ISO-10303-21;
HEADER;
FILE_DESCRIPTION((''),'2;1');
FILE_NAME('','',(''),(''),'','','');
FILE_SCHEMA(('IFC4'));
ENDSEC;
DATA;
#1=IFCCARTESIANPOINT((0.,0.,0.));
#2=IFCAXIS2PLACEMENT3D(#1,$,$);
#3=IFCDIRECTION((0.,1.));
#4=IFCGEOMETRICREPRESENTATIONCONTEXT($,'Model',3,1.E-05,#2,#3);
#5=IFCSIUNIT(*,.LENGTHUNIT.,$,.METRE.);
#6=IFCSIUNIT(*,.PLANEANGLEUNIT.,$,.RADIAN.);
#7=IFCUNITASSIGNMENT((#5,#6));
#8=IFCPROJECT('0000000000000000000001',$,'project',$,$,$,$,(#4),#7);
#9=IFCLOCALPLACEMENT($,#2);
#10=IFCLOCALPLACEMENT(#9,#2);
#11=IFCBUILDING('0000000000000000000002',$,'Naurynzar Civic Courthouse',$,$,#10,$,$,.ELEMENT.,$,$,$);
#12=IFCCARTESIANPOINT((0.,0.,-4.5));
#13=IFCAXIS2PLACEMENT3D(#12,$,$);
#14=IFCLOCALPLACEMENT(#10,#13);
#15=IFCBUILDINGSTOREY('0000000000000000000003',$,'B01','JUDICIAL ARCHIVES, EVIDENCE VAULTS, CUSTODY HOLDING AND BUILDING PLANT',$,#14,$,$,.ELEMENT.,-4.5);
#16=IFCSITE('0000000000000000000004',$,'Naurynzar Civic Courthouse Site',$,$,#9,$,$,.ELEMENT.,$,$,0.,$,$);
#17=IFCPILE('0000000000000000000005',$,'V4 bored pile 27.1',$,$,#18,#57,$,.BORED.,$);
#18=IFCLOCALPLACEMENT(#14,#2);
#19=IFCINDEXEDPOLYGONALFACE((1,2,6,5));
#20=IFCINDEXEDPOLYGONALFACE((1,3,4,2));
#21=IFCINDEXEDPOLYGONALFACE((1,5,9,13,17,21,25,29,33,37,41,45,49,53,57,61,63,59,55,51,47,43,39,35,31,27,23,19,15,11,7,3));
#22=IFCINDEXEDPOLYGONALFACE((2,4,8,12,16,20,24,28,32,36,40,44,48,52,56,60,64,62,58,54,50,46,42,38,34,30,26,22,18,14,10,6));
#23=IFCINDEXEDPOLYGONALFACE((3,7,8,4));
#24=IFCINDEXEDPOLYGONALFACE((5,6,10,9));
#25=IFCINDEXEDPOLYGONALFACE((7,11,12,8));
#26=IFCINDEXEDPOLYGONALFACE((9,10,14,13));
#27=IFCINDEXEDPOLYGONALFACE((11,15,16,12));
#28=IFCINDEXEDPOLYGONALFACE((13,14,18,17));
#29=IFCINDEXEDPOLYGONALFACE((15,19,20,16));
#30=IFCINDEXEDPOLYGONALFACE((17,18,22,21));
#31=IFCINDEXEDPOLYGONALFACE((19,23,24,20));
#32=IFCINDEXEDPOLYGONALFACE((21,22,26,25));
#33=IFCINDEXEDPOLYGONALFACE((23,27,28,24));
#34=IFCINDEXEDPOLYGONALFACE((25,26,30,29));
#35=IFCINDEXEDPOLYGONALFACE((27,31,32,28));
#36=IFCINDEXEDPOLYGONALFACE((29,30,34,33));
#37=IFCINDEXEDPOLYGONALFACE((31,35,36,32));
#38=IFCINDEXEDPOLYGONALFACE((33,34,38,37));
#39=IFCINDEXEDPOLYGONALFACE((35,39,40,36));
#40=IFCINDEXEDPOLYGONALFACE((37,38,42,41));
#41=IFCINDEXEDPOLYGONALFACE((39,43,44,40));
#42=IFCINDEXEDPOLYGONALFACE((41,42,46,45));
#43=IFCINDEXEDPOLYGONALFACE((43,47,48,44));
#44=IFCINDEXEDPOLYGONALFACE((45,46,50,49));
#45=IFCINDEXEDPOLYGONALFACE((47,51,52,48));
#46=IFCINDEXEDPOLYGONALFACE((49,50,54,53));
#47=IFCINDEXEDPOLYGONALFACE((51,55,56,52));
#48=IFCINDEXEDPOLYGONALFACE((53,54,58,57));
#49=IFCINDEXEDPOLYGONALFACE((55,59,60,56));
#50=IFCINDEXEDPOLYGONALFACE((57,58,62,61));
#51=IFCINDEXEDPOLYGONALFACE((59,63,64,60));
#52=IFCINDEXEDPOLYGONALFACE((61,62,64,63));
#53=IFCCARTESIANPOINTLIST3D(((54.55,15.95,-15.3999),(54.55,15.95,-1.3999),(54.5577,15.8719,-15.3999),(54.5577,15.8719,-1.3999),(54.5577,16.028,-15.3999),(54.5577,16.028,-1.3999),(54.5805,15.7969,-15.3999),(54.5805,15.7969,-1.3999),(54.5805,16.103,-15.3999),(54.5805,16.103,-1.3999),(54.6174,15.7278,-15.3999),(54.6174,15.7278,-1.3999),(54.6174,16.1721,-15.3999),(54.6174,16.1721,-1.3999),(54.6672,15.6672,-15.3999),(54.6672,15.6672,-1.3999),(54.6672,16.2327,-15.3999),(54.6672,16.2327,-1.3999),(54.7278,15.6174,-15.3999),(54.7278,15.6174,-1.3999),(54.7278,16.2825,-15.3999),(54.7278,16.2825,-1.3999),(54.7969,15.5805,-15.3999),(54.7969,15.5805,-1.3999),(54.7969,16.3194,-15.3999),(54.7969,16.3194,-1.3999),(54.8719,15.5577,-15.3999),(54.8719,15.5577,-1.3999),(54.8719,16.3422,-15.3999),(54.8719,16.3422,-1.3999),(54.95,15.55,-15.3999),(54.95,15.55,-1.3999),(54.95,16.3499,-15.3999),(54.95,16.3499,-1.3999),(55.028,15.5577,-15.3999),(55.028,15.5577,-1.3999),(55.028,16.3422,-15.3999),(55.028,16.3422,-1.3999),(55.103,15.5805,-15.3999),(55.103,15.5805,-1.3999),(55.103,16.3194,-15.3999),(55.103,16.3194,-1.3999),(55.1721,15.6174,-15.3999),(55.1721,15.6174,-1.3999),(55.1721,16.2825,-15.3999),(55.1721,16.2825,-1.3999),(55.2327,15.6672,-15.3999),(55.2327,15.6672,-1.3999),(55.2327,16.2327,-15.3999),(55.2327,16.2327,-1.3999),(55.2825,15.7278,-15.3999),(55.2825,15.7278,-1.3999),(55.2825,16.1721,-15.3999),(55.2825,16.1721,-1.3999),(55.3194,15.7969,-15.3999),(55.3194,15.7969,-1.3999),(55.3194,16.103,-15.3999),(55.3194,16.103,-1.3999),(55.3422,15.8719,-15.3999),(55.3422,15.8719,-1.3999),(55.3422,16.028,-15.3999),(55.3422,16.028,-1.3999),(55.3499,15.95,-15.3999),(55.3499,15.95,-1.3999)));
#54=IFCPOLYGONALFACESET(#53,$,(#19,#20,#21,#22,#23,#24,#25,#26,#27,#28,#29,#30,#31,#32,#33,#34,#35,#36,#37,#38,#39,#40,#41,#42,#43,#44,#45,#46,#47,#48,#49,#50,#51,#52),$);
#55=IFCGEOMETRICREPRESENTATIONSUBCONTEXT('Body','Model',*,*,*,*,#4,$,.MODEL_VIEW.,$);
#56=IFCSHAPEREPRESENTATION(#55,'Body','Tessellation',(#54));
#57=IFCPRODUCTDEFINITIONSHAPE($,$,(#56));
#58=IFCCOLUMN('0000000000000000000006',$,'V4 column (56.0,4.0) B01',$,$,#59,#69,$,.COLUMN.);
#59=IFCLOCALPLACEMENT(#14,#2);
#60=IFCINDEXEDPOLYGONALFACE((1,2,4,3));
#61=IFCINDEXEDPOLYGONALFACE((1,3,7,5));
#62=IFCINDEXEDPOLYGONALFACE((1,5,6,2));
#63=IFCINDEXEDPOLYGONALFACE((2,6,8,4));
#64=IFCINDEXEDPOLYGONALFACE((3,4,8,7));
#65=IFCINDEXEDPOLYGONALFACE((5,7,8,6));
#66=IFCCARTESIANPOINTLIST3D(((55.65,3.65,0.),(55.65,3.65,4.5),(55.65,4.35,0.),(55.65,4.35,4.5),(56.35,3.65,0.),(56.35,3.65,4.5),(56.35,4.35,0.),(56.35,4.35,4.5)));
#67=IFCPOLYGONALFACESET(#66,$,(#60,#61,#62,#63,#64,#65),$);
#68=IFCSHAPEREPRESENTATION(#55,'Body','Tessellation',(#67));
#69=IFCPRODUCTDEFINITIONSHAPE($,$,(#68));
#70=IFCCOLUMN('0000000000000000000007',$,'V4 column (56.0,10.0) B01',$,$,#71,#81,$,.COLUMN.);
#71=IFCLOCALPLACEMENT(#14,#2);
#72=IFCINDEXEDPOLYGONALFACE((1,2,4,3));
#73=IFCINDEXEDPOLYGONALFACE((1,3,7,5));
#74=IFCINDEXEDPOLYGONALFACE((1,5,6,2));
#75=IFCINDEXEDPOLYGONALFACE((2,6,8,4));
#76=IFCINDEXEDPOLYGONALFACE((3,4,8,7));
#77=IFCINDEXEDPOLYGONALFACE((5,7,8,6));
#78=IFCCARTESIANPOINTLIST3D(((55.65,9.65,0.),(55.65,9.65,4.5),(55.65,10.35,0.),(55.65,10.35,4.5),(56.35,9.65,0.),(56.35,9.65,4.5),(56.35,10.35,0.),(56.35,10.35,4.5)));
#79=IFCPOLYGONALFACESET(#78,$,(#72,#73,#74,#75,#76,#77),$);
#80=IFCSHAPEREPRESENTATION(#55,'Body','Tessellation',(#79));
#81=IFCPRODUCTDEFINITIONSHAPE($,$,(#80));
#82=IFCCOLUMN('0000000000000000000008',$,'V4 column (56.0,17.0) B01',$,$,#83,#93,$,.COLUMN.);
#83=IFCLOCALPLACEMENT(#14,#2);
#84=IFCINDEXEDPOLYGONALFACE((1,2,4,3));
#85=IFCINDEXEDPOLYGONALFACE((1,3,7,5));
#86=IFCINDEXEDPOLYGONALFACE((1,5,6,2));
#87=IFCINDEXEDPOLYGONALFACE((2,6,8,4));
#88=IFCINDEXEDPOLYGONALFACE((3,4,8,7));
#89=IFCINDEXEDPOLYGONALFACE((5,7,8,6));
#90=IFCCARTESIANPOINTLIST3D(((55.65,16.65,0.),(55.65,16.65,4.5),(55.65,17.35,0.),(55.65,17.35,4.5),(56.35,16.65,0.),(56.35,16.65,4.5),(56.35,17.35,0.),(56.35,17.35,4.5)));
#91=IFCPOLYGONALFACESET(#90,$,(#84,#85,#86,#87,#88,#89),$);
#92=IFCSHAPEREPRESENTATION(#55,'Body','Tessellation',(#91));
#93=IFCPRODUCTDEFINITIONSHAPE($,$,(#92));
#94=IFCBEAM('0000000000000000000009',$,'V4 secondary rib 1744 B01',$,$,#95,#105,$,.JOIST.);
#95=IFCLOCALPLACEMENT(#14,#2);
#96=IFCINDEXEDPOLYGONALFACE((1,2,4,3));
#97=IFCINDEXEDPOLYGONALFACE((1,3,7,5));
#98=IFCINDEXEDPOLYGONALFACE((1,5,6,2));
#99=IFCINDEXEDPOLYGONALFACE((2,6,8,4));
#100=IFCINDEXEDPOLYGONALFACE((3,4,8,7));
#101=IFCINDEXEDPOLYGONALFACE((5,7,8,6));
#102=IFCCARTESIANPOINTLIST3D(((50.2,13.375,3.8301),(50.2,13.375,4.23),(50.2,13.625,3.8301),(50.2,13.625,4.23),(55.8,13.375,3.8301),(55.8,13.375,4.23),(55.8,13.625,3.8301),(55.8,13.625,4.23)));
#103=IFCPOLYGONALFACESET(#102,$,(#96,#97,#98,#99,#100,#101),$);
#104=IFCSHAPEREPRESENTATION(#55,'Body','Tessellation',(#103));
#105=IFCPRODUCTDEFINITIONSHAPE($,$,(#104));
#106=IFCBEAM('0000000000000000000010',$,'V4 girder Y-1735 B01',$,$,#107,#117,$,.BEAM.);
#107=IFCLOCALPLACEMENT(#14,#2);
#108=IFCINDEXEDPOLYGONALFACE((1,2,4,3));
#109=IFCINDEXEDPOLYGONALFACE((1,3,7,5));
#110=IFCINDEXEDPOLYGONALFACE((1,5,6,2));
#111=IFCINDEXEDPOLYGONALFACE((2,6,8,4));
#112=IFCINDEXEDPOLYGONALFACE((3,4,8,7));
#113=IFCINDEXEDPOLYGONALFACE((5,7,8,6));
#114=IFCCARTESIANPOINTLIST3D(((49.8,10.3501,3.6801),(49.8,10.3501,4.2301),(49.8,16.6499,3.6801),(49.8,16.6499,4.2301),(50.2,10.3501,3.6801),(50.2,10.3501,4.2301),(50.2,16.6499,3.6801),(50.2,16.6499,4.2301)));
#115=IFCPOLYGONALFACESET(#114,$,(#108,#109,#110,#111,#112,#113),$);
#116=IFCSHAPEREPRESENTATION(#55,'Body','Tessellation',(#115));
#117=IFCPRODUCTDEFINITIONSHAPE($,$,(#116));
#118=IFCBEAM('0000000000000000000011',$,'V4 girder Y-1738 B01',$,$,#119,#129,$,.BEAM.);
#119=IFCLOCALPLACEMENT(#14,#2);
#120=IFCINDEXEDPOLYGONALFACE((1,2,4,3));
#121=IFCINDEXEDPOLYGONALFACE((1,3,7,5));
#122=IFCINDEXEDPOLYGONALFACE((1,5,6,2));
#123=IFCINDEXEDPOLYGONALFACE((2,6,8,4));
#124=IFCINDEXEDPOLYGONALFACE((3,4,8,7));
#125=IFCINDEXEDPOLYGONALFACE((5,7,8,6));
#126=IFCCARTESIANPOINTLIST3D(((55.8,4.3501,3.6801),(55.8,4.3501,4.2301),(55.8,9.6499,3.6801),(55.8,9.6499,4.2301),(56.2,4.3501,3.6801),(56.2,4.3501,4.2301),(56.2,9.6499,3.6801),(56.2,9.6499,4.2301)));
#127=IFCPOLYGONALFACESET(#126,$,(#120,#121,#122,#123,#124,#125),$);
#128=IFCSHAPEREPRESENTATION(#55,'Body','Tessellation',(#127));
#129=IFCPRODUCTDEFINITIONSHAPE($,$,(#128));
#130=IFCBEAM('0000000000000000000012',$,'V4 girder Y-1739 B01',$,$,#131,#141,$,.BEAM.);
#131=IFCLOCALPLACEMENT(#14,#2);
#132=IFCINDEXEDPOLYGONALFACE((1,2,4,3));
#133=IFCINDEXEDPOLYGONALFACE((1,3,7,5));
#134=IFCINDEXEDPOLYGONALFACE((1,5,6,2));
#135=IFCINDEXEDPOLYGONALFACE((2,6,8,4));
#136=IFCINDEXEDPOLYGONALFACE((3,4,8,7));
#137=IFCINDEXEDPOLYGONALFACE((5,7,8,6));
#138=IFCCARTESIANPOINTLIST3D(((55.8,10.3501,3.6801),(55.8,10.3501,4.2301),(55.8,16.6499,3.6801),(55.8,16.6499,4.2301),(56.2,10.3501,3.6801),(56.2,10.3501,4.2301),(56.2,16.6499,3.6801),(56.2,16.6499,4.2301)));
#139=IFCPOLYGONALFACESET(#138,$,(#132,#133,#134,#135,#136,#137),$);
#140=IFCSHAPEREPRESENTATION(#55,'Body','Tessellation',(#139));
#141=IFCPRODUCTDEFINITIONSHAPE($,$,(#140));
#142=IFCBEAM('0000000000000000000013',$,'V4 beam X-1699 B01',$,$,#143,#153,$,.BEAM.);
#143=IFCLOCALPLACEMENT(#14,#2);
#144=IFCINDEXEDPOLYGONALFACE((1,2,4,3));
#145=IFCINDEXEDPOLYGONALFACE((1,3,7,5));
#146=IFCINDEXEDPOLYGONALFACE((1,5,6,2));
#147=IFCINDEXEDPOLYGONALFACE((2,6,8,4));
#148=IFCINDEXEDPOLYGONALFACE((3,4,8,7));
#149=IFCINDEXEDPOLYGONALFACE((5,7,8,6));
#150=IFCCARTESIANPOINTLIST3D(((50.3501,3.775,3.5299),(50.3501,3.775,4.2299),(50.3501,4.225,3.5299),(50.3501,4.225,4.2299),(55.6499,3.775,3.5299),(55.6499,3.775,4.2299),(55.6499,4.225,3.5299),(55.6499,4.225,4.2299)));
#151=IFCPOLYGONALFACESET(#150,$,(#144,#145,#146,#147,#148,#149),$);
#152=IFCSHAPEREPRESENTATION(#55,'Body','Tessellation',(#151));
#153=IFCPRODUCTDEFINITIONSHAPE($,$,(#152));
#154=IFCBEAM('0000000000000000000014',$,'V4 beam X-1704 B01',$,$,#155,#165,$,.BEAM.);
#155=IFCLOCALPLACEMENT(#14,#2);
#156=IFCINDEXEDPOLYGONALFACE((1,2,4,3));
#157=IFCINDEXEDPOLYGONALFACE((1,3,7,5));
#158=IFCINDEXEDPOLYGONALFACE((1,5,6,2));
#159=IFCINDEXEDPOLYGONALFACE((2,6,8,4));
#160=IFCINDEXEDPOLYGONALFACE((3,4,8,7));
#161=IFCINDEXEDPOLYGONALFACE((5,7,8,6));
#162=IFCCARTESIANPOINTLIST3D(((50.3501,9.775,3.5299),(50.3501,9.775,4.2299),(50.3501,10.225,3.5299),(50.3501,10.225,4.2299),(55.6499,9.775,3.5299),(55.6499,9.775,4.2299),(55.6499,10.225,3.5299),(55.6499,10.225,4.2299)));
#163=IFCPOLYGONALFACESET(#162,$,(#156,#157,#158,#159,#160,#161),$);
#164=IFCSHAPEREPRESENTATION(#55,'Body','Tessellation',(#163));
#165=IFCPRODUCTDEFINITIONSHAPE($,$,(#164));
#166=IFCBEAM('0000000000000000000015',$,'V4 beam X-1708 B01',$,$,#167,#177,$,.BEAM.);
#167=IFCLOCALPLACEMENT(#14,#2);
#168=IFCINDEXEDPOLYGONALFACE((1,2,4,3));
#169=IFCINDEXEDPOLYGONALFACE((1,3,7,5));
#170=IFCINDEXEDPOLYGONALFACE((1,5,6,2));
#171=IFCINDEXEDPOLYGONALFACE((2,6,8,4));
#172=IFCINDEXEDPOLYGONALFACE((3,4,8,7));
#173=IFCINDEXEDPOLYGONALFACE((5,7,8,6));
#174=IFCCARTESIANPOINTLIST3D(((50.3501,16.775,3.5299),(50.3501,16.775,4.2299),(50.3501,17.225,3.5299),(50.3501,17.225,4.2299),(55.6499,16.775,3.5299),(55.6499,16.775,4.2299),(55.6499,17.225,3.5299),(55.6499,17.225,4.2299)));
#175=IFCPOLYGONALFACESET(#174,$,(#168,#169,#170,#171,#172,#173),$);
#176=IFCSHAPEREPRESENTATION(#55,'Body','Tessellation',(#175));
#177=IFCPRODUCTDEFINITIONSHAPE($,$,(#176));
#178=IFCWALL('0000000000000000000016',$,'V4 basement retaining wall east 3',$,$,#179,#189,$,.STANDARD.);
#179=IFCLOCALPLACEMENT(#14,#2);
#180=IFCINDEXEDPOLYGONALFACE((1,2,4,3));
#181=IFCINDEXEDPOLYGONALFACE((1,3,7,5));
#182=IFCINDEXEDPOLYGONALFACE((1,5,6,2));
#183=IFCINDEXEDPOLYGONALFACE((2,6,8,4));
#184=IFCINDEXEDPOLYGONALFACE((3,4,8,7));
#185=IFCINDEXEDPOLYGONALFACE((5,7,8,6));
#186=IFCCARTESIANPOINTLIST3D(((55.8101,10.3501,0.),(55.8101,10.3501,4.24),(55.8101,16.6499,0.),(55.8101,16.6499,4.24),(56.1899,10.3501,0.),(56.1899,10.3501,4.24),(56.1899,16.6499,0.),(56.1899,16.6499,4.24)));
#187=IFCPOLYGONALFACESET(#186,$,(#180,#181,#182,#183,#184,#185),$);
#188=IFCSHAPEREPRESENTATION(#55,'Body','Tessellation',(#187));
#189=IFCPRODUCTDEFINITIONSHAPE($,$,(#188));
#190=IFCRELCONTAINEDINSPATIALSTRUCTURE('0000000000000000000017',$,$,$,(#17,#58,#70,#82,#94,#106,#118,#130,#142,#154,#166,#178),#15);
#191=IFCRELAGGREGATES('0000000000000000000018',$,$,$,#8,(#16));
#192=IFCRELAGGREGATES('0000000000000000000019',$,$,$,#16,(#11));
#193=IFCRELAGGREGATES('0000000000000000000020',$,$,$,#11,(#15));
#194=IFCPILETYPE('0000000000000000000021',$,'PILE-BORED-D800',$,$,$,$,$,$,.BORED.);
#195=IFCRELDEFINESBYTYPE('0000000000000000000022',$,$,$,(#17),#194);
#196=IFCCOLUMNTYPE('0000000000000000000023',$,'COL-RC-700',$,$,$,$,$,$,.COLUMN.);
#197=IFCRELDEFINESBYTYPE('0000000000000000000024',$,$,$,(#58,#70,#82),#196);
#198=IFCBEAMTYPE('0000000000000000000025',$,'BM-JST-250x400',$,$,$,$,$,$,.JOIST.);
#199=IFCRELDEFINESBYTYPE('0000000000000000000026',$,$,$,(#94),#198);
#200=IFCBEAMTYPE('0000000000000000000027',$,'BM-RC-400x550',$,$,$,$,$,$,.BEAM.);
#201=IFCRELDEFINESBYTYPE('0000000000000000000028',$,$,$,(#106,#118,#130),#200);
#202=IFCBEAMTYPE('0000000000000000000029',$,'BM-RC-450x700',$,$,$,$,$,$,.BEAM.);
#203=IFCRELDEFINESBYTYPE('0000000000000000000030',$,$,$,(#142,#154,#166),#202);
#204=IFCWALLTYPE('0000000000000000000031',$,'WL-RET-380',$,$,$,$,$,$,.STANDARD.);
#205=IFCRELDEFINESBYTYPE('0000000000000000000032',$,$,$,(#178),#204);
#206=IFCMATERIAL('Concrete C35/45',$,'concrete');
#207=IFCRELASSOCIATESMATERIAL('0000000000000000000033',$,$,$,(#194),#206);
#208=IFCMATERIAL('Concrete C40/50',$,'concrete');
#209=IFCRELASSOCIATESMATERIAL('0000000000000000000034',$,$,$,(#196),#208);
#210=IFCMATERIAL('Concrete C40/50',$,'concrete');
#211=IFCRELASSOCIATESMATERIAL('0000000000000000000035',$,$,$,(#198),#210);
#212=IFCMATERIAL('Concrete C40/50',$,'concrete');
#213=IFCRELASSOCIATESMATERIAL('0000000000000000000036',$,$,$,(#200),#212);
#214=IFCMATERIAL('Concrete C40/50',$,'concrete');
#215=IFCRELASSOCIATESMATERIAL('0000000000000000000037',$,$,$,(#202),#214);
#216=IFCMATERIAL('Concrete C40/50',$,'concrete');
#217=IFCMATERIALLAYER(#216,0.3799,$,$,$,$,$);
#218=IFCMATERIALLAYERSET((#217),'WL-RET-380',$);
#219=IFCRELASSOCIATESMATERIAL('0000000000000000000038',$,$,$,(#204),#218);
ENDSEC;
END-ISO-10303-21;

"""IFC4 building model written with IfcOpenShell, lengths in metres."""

from ifc_helpers import new_model, si_unit, direction, frame, frame_2d, origin, origin_2d, place, context, subcontext, project, spatial, rectangle, circle, extrude, material, layer, layer_set, material_profile, profile_set, type_object, element, save


model = new_model("IFC4")

# Units and contexts
model_context = context("Model", 3, precision=1e-05, world=origin(), true_north=direction((0.0, 1.0)))
body_context = subcontext(model_context, "Body", "Model", "MODEL_VIEW")
ifc_project = project(units=[si_unit("LENGTHUNIT", "METRE"), si_unit("PLANEANGLEUNIT", "RADIAN")], contexts=[model_context])

# Site, building, storey
site_placement = place(None, origin())
site = spatial("IfcSite", under=ifc_project, at=site_placement, Name="Naurynzar Civic Courthouse Site", CompositionType="ELEMENT", RefElevation=0.0)
building_placement = place(site_placement, origin())
building = spatial("IfcBuilding", under=site, at=building_placement, Name="Naurynzar Civic Courthouse", CompositionType="ELEMENT")
storey_placement = place(building_placement, frame((0.0, 0.0, -4.5)))
storey = spatial("IfcBuildingStorey", under=building, at=storey_placement, Name="B01", Description="JUDICIAL ARCHIVES, EVIDENCE VAULTS, CUSTODY HOLDING AND BUILDING PLANT", CompositionType="ELEMENT", Elevation=-4.5)

# Pile
ifc_material_1 = material(Name="Concrete C35/45", Category="concrete")
ifc_material_profile_1 = material_profile(ifc_material_1, circle(Radius=0.3999, at=origin_2d()), Name="PILE D800")
ifc_profile_set_1 = profile_set([ifc_material_profile_1], Name="Concrete C35/45")
pile_type = type_object("IfcPileType", Name="PILE-BORED-D800", PredefinedType="BORED", material=ifc_profile_set_1)
for number, where, z_axis, x_axis, name in (
    (1, (54.95, 15.95, -1.3999), (0.0, 0.0, -1.0), (1.0, 0.0, 0.0), "V4 bored pile 27.1"),
):
    element("IfcPile", number, at=place(storey_placement, frame(where, z_axis=z_axis, x_axis=x_axis)), inside=storey, type_object=pile_type, Name=name, PredefinedType="BORED", context=body_context, shape_type="SweptSolid", body=[
        extrude(circle(Radius=0.3999, at=origin_2d()), origin(), (0.0, 0.0, 1.0), 14.0),
    ])

# Columns
ifc_material_2 = material(Name="Concrete C40/50", Category="concrete")
ifc_material_profile_2 = material_profile(ifc_material_2, rectangle(XDim=0.7, YDim=0.7, at=origin_2d()), Name="RC 700x700")
ifc_profile_set_2 = profile_set([ifc_material_profile_2], Name="Concrete C40/50")
column_type = type_object("IfcColumnType", Name="COL-RC-700", PredefinedType="COLUMN", material=ifc_profile_set_2)
for number, where, z_axis, x_axis, name in (
    (2, (56.0, 4.0, 0.0), (0.0, 0.0, 1.0), (1.0, 0.0, 0.0), "V4 column (56.0,4.0) B01"),
    (3, (56.0, 10.0, 0.0), (0.0, 0.0, 1.0), (1.0, 0.0, 0.0), "V4 column (56.0,10.0) B01"),
    (4, (56.0, 17.0, 0.0), (0.0, 0.0, 1.0), (1.0, 0.0, 0.0), "V4 column (56.0,17.0) B01"),
):
    element("IfcColumn", number, at=place(storey_placement, frame(where, z_axis=z_axis, x_axis=x_axis)), inside=storey, type_object=column_type, Name=name, PredefinedType="COLUMN", context=body_context, shape_type="SweptSolid", body=[
        extrude(rectangle(XDim=0.7, YDim=0.7, at=origin_2d()), origin(), (0.0, 0.0, 1.0), 4.5),
    ])

# Beams
ifc_material_3 = material(Name="Concrete C40/50", Category="concrete")
ifc_material_profile_3 = material_profile(ifc_material_3, rectangle(XDim=0.25, YDim=0.3999, at=origin_2d()), Name="RCB 250x400")
ifc_profile_set_3 = profile_set([ifc_material_profile_3], Name="Concrete C40/50")
beam_type_1 = type_object("IfcBeamType", Name="BM-JST-250x400", PredefinedType="JOIST", material=ifc_profile_set_3)
beam_1_placement = place(storey_placement, frame((50.2, 13.5, 4.03), z_axis=(1.0, 0.0, 0.0), x_axis=(0.0, 1.0, 0.0)))
element("IfcBeam", 5, at=beam_1_placement, inside=storey, type_object=beam_type_1, Name="V4 secondary rib 1744 B01", PredefinedType="JOIST", context=body_context, shape_type="SweptSolid", body=[
    extrude(rectangle(XDim=0.25, YDim=0.3999, at=origin_2d()), origin(), (0.0, 0.0, 1.0), 5.6001),
])
ifc_material_4 = material(Name="Concrete C40/50", Category="concrete")
ifc_material_profile_4 = material_profile(ifc_material_4, rectangle(XDim=0.3999, YDim=0.55, at=origin_2d()), Name="RCB 400x550")
ifc_profile_set_4 = profile_set([ifc_material_profile_4], Name="Concrete C40/50")
beam_type_2 = type_object("IfcBeamType", Name="BM-RC-400x550", PredefinedType="BEAM", material=ifc_profile_set_4)
beam_2_placement = place(storey_placement, frame((50.0, 10.3501, 3.9551), z_axis=(0.0, 1.0, 0.0), x_axis=(-1.0, 0.0, 0.0)))
element("IfcBeam", 6, at=beam_2_placement, inside=storey, type_object=beam_type_2, Name="V4 girder Y-1735 B01", PredefinedType="BEAM", context=body_context, shape_type="SweptSolid", body=[
    extrude(rectangle(XDim=0.3999, YDim=0.55, at=origin_2d()), origin(), (0.0, 0.0, 1.0), 6.2998),
])
beam_3_placement = place(storey_placement, frame((56.0, 4.3501, 3.9551), z_axis=(0.0, 1.0, 0.0), x_axis=(-1.0, 0.0, 0.0)))
element("IfcBeam", 7, at=beam_3_placement, inside=storey, type_object=beam_type_2, Name="V4 girder Y-1738 B01", PredefinedType="BEAM", context=body_context, shape_type="SweptSolid", body=[
    extrude(rectangle(XDim=0.3999, YDim=0.55, at=origin_2d()), origin(), (0.0, 0.0, 1.0), 5.2998),
])
beam_4_placement = place(storey_placement, frame((56.0, 10.3501, 3.9551), z_axis=(0.0, 1.0, 0.0), x_axis=(-1.0, 0.0, 0.0)))
element("IfcBeam", 8, at=beam_4_placement, inside=storey, type_object=beam_type_2, Name="V4 girder Y-1739 B01", PredefinedType="BEAM", context=body_context, shape_type="SweptSolid", body=[
    extrude(rectangle(XDim=0.3999, YDim=0.55, at=origin_2d()), origin(), (0.0, 0.0, 1.0), 6.2998),
])
ifc_material_5 = material(Name="Concrete C40/50", Category="concrete")
ifc_material_profile_5 = material_profile(ifc_material_5, rectangle(XDim=0.45, YDim=0.7, at=origin_2d()), Name="RCB 450x700")
ifc_profile_set_5 = profile_set([ifc_material_profile_5], Name="Concrete C40/50")
beam_type_3 = type_object("IfcBeamType", Name="BM-RC-450x700", PredefinedType="BEAM", material=ifc_profile_set_5)
for number, where, z_axis, x_axis, name in (
    (9, (50.3501, 4.0, 3.8799), (1.0, 0.0, 0.0), (0.0, 1.0, 0.0), "V4 beam X-1699 B01"),
    (10, (50.3501, 10.0, 3.8799), (1.0, 0.0, 0.0), (0.0, 1.0, 0.0), "V4 beam X-1704 B01"),
    (11, (50.3501, 17.0, 3.8799), (1.0, 0.0, 0.0), (0.0, 1.0, 0.0), "V4 beam X-1708 B01"),
):
    element("IfcBeam", number, at=place(storey_placement, frame(where, z_axis=z_axis, x_axis=x_axis)), inside=storey, type_object=beam_type_3, Name=name, PredefinedType="BEAM", context=body_context, shape_type="SweptSolid", body=[
        extrude(rectangle(XDim=0.45, YDim=0.7, at=origin_2d()), origin(), (0.0, 0.0, 1.0), 5.2998),
    ])

# Wall
ifc_material_6 = material(Name="Concrete C40/50", Category="concrete")
ifc_layer = layer(ifc_material_6, 0.3799)
ifc_layer_set = layer_set([ifc_layer], Name="WL-RET-380")
wall_type = type_object("IfcWallType", Name="WL-RET-380", PredefinedType="STANDARD", material=ifc_layer_set)
wall_placement = place(storey_placement, frame((56.0, 16.6499, 0.0), z_axis=(0.0, 0.0, 1.0), x_axis=(0.0, -1.0, 0.0)))
element("IfcWall", 12, at=wall_placement, inside=storey, type_object=wall_type, Name="V4 basement retaining wall east 3", PredefinedType="STANDARD", context=body_context, shape_type="SweptSolid", body=[
    extrude(rectangle(XDim=6.2998, YDim=0.3799, at=frame_2d((3.1499, 0.0))), origin(), (0.0, 0.0, 1.0), 4.24),
])

save(model, "model.ifc")
